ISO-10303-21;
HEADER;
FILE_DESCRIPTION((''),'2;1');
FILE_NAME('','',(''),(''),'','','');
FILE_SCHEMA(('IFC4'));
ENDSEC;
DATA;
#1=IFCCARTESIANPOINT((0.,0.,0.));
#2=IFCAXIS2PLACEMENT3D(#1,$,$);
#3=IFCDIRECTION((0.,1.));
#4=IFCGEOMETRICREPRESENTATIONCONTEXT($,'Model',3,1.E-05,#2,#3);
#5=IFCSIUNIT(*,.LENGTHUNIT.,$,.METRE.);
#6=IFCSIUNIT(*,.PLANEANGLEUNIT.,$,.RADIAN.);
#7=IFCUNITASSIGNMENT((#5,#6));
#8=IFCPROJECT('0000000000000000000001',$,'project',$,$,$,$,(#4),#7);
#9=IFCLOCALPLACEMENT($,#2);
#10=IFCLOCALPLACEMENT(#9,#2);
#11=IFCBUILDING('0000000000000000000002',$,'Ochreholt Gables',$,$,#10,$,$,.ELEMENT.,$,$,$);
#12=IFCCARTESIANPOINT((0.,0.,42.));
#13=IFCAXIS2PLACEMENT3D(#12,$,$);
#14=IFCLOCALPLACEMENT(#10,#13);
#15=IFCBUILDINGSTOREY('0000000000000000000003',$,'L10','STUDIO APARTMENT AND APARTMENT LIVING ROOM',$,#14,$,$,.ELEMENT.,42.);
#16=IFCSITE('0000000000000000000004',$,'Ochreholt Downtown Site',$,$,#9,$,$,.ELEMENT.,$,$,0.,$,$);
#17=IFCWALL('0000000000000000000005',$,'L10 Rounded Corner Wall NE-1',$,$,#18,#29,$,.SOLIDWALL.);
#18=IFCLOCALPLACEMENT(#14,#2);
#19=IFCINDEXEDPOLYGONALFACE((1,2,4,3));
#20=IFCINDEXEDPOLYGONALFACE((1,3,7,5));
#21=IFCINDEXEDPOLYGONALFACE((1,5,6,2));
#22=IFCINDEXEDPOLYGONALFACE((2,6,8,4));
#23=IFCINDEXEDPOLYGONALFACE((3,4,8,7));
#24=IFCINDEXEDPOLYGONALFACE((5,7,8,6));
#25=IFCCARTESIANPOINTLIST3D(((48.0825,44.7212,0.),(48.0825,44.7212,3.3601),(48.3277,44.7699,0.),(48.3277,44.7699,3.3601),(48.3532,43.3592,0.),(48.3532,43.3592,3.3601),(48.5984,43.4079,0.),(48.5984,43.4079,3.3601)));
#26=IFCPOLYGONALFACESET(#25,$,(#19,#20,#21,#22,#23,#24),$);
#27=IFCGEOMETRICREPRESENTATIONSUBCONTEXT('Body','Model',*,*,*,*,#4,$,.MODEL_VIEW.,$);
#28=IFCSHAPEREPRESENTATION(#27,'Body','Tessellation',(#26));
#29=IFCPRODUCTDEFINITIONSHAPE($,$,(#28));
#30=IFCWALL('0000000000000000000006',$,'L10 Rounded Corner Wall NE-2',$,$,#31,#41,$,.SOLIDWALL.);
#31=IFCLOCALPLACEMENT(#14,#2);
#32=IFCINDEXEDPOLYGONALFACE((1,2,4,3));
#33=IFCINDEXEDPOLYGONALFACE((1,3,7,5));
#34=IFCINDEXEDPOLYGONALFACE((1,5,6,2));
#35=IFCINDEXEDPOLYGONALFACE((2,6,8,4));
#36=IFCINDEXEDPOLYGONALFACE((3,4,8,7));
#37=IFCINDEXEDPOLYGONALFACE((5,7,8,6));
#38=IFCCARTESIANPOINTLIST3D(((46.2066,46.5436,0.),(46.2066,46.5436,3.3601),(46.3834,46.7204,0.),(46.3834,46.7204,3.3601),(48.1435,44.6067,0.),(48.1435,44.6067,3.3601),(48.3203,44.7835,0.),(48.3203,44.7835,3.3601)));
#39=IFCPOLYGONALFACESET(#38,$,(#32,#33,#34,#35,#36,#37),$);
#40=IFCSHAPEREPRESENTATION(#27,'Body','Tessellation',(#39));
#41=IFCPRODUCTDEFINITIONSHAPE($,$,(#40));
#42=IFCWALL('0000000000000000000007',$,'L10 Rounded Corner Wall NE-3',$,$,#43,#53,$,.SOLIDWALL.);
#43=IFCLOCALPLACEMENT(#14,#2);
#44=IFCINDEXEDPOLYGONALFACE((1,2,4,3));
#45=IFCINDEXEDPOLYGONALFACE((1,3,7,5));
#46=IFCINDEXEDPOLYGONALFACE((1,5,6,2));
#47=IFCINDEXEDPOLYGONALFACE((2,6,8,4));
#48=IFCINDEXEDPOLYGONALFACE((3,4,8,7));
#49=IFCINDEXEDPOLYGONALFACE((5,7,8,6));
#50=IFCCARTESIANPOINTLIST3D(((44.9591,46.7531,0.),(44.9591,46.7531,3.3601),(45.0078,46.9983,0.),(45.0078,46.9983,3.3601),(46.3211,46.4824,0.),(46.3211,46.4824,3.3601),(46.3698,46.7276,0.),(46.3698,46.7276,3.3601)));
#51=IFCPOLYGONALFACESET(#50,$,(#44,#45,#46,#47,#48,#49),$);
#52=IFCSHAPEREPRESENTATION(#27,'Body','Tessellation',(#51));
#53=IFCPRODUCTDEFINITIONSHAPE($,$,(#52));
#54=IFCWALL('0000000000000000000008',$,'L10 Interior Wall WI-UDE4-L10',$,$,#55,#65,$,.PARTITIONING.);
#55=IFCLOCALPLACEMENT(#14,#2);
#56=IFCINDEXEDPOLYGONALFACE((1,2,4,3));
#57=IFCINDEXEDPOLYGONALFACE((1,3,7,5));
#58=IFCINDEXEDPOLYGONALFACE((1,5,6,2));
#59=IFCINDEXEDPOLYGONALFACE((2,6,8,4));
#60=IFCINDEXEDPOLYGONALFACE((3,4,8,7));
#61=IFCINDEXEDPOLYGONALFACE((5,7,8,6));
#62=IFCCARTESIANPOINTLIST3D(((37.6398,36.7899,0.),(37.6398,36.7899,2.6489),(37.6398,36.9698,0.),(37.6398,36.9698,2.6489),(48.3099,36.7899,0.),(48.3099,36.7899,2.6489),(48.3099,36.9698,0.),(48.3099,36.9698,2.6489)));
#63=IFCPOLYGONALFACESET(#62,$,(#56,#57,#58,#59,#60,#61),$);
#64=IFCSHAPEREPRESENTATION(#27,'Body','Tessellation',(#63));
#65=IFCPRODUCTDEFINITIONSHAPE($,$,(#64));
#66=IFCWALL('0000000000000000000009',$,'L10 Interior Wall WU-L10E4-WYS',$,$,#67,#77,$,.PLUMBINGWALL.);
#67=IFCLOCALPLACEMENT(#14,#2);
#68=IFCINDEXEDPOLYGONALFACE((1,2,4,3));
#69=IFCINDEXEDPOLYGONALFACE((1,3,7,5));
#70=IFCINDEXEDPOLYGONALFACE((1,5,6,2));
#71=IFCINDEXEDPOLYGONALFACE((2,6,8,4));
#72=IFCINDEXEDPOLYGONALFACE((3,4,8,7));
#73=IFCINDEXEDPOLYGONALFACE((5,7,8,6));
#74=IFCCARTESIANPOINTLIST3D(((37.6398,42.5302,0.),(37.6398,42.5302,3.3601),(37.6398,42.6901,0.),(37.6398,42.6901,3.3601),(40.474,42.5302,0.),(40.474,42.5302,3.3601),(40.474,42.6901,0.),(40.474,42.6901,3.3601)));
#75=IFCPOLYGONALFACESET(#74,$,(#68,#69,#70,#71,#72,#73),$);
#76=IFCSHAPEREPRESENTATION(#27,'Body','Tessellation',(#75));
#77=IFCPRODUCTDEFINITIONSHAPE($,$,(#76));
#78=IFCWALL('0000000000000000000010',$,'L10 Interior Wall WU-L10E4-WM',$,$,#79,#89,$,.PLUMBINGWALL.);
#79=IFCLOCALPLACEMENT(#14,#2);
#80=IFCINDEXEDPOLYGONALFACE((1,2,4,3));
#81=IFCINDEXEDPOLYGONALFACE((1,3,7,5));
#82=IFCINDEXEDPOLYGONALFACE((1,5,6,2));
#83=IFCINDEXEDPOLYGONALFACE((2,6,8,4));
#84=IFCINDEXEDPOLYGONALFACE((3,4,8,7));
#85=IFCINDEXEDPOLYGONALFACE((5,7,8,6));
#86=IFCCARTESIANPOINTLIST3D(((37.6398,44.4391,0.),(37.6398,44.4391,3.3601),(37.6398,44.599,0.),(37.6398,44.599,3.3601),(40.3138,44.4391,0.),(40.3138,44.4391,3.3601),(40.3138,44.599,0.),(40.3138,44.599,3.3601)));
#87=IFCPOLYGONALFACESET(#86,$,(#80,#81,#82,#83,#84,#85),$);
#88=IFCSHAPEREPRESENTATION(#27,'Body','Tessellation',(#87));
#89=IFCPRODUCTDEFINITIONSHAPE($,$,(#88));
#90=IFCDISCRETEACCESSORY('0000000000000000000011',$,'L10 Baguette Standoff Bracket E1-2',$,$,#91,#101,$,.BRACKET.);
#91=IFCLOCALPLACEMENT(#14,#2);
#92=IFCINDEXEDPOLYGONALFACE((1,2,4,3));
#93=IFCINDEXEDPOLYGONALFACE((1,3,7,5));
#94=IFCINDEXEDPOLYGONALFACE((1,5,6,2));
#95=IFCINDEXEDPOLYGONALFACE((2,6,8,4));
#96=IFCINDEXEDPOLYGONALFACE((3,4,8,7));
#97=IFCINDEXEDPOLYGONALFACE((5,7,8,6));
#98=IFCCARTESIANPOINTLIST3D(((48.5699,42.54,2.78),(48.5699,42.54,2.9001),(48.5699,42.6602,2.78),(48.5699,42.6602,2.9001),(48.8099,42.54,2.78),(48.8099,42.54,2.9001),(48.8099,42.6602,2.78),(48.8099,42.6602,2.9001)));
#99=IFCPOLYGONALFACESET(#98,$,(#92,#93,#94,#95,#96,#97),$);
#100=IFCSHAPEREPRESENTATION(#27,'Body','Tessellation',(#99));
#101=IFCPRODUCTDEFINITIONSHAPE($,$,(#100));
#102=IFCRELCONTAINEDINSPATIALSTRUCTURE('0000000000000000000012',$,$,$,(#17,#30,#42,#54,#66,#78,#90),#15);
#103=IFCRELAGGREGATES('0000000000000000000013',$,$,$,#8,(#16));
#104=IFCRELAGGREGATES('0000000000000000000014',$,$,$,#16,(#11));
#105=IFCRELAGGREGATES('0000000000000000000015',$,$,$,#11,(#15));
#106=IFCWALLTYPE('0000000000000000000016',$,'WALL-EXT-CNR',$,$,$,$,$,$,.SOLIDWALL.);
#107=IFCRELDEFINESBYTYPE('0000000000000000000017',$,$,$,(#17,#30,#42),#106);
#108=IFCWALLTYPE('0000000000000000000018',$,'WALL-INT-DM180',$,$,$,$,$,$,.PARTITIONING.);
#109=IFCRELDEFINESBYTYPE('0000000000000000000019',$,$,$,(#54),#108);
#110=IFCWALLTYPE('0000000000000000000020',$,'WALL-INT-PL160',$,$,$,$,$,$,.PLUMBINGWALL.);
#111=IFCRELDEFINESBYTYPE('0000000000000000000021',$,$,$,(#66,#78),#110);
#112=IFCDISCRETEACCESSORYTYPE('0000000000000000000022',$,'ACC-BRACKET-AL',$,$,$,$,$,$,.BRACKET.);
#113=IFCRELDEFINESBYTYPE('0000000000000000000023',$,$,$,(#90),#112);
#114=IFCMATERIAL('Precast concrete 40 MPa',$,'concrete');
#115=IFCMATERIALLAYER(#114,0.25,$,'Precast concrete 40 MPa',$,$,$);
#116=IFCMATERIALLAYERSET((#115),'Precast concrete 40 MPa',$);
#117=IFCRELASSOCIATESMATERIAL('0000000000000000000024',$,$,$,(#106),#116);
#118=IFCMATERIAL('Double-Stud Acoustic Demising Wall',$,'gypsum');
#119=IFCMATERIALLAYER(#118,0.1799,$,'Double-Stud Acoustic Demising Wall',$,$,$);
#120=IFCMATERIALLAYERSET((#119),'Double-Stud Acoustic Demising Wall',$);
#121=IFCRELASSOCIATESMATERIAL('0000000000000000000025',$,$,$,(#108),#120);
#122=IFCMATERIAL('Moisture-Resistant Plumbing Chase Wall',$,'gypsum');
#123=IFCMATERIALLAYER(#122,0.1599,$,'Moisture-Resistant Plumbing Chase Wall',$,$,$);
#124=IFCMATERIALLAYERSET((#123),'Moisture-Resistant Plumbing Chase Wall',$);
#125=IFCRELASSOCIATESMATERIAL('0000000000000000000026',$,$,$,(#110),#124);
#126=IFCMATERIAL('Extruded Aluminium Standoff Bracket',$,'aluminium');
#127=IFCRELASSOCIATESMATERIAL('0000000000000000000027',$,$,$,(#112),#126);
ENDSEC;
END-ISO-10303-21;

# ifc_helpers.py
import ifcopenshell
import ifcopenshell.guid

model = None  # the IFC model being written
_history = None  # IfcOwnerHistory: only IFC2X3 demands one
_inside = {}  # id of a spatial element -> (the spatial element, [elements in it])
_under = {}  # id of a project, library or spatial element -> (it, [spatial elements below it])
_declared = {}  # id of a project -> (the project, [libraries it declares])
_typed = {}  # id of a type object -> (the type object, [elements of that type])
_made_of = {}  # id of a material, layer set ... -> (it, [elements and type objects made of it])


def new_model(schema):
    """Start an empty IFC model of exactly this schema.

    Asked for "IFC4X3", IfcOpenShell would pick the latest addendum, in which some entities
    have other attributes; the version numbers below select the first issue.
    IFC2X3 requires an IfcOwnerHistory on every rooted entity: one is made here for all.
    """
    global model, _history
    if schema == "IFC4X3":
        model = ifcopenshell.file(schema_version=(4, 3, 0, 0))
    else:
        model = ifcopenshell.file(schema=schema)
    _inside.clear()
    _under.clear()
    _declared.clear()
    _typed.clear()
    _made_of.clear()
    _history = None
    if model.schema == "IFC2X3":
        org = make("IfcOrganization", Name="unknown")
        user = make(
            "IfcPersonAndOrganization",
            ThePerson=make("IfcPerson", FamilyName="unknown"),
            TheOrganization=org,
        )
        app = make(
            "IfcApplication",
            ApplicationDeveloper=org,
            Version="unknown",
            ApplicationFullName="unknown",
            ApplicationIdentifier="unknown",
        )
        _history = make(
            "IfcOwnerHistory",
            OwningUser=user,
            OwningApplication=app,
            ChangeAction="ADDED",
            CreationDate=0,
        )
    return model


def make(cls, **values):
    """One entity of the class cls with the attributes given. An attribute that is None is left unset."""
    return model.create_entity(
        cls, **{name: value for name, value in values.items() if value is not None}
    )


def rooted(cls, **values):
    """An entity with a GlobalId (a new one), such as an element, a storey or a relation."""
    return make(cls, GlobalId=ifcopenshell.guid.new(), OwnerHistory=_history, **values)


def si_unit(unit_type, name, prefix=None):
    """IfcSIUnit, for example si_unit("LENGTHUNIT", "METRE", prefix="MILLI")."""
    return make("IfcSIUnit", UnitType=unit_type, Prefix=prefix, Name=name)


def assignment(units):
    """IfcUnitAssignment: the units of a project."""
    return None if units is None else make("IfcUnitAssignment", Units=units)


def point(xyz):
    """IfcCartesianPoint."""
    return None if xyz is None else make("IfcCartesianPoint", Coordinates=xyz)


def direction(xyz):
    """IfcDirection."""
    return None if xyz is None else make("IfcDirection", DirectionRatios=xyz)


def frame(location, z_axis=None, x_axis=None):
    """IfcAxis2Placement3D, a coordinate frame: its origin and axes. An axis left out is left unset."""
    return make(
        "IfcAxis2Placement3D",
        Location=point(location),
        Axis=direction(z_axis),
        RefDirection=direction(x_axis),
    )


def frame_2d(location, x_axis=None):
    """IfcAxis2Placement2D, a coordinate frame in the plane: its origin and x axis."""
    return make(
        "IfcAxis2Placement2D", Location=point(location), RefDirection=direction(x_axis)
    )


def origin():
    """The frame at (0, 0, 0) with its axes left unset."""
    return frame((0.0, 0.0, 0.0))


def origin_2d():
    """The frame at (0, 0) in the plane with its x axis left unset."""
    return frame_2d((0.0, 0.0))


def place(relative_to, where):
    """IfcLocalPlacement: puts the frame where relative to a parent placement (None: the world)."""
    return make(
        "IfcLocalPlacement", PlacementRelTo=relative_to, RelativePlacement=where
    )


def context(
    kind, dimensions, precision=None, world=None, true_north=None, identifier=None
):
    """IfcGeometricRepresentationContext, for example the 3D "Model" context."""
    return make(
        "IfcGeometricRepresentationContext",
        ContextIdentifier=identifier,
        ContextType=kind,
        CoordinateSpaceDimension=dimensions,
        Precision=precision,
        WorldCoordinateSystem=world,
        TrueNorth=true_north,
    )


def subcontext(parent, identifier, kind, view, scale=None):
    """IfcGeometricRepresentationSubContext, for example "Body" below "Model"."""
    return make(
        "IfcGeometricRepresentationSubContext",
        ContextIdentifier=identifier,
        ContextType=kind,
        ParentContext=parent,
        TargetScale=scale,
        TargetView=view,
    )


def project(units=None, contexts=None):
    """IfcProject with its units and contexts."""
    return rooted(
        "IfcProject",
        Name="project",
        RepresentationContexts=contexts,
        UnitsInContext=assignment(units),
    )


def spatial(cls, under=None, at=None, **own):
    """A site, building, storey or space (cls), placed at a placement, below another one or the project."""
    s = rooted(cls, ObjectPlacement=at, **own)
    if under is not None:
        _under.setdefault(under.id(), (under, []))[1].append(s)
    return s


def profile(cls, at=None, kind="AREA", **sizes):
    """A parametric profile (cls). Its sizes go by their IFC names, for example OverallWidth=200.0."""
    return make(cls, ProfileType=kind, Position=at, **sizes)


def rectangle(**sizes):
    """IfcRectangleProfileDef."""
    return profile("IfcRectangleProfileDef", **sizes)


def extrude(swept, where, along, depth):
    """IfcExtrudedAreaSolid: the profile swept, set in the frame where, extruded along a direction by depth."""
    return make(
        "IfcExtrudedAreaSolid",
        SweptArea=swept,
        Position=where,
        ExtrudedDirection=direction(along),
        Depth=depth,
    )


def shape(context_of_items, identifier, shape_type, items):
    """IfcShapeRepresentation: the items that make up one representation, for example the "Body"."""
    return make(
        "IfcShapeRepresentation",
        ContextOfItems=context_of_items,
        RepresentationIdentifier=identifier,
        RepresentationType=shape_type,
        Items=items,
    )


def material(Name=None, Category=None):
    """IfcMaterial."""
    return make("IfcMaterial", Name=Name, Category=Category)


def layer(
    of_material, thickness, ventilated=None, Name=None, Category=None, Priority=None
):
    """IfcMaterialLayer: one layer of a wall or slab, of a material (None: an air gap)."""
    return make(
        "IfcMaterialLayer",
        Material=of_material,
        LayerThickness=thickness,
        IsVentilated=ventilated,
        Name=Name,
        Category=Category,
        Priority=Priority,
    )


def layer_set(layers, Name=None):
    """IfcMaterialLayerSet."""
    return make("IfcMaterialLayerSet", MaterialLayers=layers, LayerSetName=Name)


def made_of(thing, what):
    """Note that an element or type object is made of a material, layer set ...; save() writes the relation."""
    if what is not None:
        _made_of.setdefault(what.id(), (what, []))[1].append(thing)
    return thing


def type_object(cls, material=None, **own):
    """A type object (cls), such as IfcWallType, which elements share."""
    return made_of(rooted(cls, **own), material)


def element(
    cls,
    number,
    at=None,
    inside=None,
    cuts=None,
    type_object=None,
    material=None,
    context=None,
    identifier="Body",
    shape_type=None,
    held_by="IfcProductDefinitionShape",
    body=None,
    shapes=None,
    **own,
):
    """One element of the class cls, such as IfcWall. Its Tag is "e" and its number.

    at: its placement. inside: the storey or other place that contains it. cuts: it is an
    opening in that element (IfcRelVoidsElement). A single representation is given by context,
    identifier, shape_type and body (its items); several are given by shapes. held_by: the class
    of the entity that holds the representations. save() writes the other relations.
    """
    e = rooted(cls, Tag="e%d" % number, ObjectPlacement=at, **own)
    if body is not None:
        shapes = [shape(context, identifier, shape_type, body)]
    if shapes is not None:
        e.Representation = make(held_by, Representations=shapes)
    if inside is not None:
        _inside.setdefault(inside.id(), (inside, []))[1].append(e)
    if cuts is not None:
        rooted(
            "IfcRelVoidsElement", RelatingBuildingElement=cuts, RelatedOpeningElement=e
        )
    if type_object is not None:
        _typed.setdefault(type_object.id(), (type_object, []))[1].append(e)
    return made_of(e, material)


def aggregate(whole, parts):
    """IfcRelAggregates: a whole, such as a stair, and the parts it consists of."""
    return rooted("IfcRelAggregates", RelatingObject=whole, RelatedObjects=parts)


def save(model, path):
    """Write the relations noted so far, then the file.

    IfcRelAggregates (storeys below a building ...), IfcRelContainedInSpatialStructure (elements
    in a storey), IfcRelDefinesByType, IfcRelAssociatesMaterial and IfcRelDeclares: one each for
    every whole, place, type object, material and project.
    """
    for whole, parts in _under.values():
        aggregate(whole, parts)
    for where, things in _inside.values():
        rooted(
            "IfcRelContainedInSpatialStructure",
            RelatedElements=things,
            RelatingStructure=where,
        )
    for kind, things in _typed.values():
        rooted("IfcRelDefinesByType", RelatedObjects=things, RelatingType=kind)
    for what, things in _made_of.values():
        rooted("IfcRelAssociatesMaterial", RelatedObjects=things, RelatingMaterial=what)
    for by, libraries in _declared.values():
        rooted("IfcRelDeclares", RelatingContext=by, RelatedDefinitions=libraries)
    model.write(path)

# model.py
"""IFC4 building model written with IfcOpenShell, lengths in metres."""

from ifc_helpers import new_model, si_unit, direction, frame, frame_2d, origin, origin_2d, place, context, subcontext, project, spatial, rectangle, extrude, material, layer, layer_set, type_object, element, save


model = new_model("IFC4")

# Units and contexts
model_context = context("Model", 3, precision=1e-05, world=origin(), true_north=direction((0.0, 1.0)))
body_context = subcontext(model_context, "Body", "Model", "MODEL_VIEW")
ifc_project = project(units=[si_unit("LENGTHUNIT", "METRE"), si_unit("PLANEANGLEUNIT", "RADIAN")], contexts=[model_context])

# Site, building, storey
site_placement = place(None, origin())
site = spatial("IfcSite", under=ifc_project, at=site_placement, Name="Ochreholt Downtown Site", CompositionType="ELEMENT", RefElevation=0.0)
building_placement = place(site_placement, origin())
building = spatial("IfcBuilding", under=site, at=building_placement, Name="Ochreholt Gables", CompositionType="ELEMENT")
storey_placement = place(building_placement, frame((0.0, 0.0, 42.0)))
storey = spatial("IfcBuildingStorey", under=building, at=storey_placement, Name="L10", Description="STUDIO APARTMENT AND APARTMENT LIVING ROOM", CompositionType="ELEMENT", Elevation=42.0)

# Shared definitions
ifc_material_1 = material(Name="Precast concrete 40 MPa", Category="concrete")

# Walls
ifc_layer_1 = layer(ifc_material_1, 0.25, Name="Precast concrete 40 MPa")
ifc_layer_set_1 = layer_set([ifc_layer_1], Name="Precast concrete 40 MPa")
wall_type_1 = type_object("IfcWallType", Name="WALL-EXT-CNR", PredefinedType="SOLIDWALL", material=ifc_layer_set_1)
wall_1_placement = place(storey_placement, frame((48.4758, 43.3835, 0.0), z_axis=(0.0, 0.0, 1.0), x_axis=(-0.194967, 0.98081, 0.0)))
element("IfcWall", 1, at=wall_1_placement, inside=storey, type_object=wall_type_1, Name="L10 Rounded Corner Wall NE-1", PredefinedType="SOLIDWALL", context=body_context, shape_type="SweptSolid", body=[
    extrude(rectangle(XDim=1.3887, YDim=0.25, at=frame_2d((0.6943, 0.0))), origin(), (0.0, 0.0, 1.0), 3.3601),
])
wall_2_placement = place(storey_placement, frame((48.2319, 44.6951, 0.0), z_axis=(0.0, 0.0, 1.0), x_axis=(-0.707107, 0.707107, 0.0)))
element("IfcWall", 2, at=wall_2_placement, inside=storey, type_object=wall_type_1, Name="L10 Rounded Corner Wall NE-2", PredefinedType="SOLIDWALL", context=body_context, shape_type="SweptSolid", body=[
    extrude(rectangle(XDim=2.7393, YDim=0.25, at=frame_2d((1.3696, 0.0))), origin(), (0.0, 0.0, 1.0), 3.3601),
])
wall_3_placement = place(storey_placement, frame((46.3455, 46.605, 0.0), z_axis=(0.0, 0.0, 1.0), x_axis=(-0.98081, 0.194967, 0.0)))
element("IfcWall", 3, at=wall_3_placement, inside=storey, type_object=wall_type_1, Name="L10 Rounded Corner Wall NE-3", PredefinedType="SOLIDWALL", context=body_context, shape_type="SweptSolid", body=[
    extrude(rectangle(XDim=1.3887, YDim=0.25, at=frame_2d((0.6943, 0.0))), origin(), (0.0, 0.0, 1.0), 3.3601),
])
ifc_material_2 = material(Name="Double-Stud Acoustic Demising Wall", Category="gypsum")
ifc_layer_2 = layer(ifc_material_2, 0.1799, Name="Double-Stud Acoustic Demising Wall")
ifc_layer_set_2 = layer_set([ifc_layer_2], Name="Double-Stud Acoustic Demising Wall")
wall_type_2 = type_object("IfcWallType", Name="WALL-INT-DM180", PredefinedType="PARTITIONING", material=ifc_layer_set_2)
wall_4_placement = place(storey_placement, frame((37.6399, 36.8799, 0.0), z_axis=(0.0, 0.0, 1.0), x_axis=(1.0, 0.0, 0.0)))
element("IfcWall", 4, at=wall_4_placement, inside=storey, type_object=wall_type_2, Name="L10 Interior Wall WI-UDE4-L10", PredefinedType="PARTITIONING", context=body_context, shape_type="SweptSolid", body=[
    extrude(rectangle(XDim=10.6702, YDim=0.1799, at=frame_2d((5.335, 0.0))), origin(), (0.0, 0.0, 1.0), 2.6489),
])
ifc_material_3 = material(Name="Moisture-Resistant Plumbing Chase Wall", Category="gypsum")
ifc_layer_3 = layer(ifc_material_3, 0.1599, Name="Moisture-Resistant Plumbing Chase Wall")
ifc_layer_set_3 = layer_set([ifc_layer_3], Name="Moisture-Resistant Plumbing Chase Wall")
wall_type_3 = type_object("IfcWallType", Name="WALL-INT-PL160", PredefinedType="PLUMBINGWALL", material=ifc_layer_set_3)
wall_5_placement = place(storey_placement, frame((37.6399, 42.6101, 0.0), z_axis=(0.0, 0.0, 1.0), x_axis=(1.0, 0.0, 0.0)))
element("IfcWall", 5, at=wall_5_placement, inside=storey, type_object=wall_type_3, Name="L10 Interior Wall WU-L10E4-WYS", PredefinedType="PLUMBINGWALL", context=body_context, shape_type="SweptSolid", body=[
    extrude(rectangle(XDim=2.8342, YDim=0.1599, at=frame_2d((1.417, 0.0))), origin(), (0.0, 0.0, 1.0), 3.3601),
])

# Wall
wall_6_placement = place(storey_placement, frame((37.6399, 44.519, 0.0), z_axis=(0.0, 0.0, 1.0), x_axis=(1.0, 0.0, 0.0)))
element("IfcWall", 6, at=wall_6_placement, inside=storey, type_object=wall_type_3, Name="L10 Interior Wall WU-L10E4-WM", PredefinedType="PLUMBINGWALL", context=body_context, shape_type="SweptSolid", body=[
    extrude(rectangle(XDim=2.6741, YDim=0.1599, at=frame_2d((1.3369, 0.0))), origin(), (0.0, 0.0, 1.0), 3.3601),
])

# Discrete accessory
ifc_material_4 = material(Name="Extruded Aluminium Standoff Bracket", Category="aluminium")
discrete_accessory_type = type_object("IfcDiscreteAccessoryType", Name="ACC-BRACKET-AL", PredefinedType="BRACKET", material=ifc_material_4)
discrete_accessory_placement = place(storey_placement, frame((48.6899, 42.6001, 2.78), z_axis=(0.0, 0.0, 1.0), x_axis=(0.0, 1.0, 0.0)))
element("IfcDiscreteAccessory", 7, at=discrete_accessory_placement, inside=storey, type_object=discrete_accessory_type, Name="L10 Baguette Standoff Bracket E1-2", PredefinedType="BRACKET", context=body_context, shape_type="SweptSolid", body=[
    extrude(rectangle(XDim=0.1201, YDim=0.24, at=origin_2d()), origin(), (0.0, 0.0, 1.0), 0.1201),
])

save(model, "model.ifc")
